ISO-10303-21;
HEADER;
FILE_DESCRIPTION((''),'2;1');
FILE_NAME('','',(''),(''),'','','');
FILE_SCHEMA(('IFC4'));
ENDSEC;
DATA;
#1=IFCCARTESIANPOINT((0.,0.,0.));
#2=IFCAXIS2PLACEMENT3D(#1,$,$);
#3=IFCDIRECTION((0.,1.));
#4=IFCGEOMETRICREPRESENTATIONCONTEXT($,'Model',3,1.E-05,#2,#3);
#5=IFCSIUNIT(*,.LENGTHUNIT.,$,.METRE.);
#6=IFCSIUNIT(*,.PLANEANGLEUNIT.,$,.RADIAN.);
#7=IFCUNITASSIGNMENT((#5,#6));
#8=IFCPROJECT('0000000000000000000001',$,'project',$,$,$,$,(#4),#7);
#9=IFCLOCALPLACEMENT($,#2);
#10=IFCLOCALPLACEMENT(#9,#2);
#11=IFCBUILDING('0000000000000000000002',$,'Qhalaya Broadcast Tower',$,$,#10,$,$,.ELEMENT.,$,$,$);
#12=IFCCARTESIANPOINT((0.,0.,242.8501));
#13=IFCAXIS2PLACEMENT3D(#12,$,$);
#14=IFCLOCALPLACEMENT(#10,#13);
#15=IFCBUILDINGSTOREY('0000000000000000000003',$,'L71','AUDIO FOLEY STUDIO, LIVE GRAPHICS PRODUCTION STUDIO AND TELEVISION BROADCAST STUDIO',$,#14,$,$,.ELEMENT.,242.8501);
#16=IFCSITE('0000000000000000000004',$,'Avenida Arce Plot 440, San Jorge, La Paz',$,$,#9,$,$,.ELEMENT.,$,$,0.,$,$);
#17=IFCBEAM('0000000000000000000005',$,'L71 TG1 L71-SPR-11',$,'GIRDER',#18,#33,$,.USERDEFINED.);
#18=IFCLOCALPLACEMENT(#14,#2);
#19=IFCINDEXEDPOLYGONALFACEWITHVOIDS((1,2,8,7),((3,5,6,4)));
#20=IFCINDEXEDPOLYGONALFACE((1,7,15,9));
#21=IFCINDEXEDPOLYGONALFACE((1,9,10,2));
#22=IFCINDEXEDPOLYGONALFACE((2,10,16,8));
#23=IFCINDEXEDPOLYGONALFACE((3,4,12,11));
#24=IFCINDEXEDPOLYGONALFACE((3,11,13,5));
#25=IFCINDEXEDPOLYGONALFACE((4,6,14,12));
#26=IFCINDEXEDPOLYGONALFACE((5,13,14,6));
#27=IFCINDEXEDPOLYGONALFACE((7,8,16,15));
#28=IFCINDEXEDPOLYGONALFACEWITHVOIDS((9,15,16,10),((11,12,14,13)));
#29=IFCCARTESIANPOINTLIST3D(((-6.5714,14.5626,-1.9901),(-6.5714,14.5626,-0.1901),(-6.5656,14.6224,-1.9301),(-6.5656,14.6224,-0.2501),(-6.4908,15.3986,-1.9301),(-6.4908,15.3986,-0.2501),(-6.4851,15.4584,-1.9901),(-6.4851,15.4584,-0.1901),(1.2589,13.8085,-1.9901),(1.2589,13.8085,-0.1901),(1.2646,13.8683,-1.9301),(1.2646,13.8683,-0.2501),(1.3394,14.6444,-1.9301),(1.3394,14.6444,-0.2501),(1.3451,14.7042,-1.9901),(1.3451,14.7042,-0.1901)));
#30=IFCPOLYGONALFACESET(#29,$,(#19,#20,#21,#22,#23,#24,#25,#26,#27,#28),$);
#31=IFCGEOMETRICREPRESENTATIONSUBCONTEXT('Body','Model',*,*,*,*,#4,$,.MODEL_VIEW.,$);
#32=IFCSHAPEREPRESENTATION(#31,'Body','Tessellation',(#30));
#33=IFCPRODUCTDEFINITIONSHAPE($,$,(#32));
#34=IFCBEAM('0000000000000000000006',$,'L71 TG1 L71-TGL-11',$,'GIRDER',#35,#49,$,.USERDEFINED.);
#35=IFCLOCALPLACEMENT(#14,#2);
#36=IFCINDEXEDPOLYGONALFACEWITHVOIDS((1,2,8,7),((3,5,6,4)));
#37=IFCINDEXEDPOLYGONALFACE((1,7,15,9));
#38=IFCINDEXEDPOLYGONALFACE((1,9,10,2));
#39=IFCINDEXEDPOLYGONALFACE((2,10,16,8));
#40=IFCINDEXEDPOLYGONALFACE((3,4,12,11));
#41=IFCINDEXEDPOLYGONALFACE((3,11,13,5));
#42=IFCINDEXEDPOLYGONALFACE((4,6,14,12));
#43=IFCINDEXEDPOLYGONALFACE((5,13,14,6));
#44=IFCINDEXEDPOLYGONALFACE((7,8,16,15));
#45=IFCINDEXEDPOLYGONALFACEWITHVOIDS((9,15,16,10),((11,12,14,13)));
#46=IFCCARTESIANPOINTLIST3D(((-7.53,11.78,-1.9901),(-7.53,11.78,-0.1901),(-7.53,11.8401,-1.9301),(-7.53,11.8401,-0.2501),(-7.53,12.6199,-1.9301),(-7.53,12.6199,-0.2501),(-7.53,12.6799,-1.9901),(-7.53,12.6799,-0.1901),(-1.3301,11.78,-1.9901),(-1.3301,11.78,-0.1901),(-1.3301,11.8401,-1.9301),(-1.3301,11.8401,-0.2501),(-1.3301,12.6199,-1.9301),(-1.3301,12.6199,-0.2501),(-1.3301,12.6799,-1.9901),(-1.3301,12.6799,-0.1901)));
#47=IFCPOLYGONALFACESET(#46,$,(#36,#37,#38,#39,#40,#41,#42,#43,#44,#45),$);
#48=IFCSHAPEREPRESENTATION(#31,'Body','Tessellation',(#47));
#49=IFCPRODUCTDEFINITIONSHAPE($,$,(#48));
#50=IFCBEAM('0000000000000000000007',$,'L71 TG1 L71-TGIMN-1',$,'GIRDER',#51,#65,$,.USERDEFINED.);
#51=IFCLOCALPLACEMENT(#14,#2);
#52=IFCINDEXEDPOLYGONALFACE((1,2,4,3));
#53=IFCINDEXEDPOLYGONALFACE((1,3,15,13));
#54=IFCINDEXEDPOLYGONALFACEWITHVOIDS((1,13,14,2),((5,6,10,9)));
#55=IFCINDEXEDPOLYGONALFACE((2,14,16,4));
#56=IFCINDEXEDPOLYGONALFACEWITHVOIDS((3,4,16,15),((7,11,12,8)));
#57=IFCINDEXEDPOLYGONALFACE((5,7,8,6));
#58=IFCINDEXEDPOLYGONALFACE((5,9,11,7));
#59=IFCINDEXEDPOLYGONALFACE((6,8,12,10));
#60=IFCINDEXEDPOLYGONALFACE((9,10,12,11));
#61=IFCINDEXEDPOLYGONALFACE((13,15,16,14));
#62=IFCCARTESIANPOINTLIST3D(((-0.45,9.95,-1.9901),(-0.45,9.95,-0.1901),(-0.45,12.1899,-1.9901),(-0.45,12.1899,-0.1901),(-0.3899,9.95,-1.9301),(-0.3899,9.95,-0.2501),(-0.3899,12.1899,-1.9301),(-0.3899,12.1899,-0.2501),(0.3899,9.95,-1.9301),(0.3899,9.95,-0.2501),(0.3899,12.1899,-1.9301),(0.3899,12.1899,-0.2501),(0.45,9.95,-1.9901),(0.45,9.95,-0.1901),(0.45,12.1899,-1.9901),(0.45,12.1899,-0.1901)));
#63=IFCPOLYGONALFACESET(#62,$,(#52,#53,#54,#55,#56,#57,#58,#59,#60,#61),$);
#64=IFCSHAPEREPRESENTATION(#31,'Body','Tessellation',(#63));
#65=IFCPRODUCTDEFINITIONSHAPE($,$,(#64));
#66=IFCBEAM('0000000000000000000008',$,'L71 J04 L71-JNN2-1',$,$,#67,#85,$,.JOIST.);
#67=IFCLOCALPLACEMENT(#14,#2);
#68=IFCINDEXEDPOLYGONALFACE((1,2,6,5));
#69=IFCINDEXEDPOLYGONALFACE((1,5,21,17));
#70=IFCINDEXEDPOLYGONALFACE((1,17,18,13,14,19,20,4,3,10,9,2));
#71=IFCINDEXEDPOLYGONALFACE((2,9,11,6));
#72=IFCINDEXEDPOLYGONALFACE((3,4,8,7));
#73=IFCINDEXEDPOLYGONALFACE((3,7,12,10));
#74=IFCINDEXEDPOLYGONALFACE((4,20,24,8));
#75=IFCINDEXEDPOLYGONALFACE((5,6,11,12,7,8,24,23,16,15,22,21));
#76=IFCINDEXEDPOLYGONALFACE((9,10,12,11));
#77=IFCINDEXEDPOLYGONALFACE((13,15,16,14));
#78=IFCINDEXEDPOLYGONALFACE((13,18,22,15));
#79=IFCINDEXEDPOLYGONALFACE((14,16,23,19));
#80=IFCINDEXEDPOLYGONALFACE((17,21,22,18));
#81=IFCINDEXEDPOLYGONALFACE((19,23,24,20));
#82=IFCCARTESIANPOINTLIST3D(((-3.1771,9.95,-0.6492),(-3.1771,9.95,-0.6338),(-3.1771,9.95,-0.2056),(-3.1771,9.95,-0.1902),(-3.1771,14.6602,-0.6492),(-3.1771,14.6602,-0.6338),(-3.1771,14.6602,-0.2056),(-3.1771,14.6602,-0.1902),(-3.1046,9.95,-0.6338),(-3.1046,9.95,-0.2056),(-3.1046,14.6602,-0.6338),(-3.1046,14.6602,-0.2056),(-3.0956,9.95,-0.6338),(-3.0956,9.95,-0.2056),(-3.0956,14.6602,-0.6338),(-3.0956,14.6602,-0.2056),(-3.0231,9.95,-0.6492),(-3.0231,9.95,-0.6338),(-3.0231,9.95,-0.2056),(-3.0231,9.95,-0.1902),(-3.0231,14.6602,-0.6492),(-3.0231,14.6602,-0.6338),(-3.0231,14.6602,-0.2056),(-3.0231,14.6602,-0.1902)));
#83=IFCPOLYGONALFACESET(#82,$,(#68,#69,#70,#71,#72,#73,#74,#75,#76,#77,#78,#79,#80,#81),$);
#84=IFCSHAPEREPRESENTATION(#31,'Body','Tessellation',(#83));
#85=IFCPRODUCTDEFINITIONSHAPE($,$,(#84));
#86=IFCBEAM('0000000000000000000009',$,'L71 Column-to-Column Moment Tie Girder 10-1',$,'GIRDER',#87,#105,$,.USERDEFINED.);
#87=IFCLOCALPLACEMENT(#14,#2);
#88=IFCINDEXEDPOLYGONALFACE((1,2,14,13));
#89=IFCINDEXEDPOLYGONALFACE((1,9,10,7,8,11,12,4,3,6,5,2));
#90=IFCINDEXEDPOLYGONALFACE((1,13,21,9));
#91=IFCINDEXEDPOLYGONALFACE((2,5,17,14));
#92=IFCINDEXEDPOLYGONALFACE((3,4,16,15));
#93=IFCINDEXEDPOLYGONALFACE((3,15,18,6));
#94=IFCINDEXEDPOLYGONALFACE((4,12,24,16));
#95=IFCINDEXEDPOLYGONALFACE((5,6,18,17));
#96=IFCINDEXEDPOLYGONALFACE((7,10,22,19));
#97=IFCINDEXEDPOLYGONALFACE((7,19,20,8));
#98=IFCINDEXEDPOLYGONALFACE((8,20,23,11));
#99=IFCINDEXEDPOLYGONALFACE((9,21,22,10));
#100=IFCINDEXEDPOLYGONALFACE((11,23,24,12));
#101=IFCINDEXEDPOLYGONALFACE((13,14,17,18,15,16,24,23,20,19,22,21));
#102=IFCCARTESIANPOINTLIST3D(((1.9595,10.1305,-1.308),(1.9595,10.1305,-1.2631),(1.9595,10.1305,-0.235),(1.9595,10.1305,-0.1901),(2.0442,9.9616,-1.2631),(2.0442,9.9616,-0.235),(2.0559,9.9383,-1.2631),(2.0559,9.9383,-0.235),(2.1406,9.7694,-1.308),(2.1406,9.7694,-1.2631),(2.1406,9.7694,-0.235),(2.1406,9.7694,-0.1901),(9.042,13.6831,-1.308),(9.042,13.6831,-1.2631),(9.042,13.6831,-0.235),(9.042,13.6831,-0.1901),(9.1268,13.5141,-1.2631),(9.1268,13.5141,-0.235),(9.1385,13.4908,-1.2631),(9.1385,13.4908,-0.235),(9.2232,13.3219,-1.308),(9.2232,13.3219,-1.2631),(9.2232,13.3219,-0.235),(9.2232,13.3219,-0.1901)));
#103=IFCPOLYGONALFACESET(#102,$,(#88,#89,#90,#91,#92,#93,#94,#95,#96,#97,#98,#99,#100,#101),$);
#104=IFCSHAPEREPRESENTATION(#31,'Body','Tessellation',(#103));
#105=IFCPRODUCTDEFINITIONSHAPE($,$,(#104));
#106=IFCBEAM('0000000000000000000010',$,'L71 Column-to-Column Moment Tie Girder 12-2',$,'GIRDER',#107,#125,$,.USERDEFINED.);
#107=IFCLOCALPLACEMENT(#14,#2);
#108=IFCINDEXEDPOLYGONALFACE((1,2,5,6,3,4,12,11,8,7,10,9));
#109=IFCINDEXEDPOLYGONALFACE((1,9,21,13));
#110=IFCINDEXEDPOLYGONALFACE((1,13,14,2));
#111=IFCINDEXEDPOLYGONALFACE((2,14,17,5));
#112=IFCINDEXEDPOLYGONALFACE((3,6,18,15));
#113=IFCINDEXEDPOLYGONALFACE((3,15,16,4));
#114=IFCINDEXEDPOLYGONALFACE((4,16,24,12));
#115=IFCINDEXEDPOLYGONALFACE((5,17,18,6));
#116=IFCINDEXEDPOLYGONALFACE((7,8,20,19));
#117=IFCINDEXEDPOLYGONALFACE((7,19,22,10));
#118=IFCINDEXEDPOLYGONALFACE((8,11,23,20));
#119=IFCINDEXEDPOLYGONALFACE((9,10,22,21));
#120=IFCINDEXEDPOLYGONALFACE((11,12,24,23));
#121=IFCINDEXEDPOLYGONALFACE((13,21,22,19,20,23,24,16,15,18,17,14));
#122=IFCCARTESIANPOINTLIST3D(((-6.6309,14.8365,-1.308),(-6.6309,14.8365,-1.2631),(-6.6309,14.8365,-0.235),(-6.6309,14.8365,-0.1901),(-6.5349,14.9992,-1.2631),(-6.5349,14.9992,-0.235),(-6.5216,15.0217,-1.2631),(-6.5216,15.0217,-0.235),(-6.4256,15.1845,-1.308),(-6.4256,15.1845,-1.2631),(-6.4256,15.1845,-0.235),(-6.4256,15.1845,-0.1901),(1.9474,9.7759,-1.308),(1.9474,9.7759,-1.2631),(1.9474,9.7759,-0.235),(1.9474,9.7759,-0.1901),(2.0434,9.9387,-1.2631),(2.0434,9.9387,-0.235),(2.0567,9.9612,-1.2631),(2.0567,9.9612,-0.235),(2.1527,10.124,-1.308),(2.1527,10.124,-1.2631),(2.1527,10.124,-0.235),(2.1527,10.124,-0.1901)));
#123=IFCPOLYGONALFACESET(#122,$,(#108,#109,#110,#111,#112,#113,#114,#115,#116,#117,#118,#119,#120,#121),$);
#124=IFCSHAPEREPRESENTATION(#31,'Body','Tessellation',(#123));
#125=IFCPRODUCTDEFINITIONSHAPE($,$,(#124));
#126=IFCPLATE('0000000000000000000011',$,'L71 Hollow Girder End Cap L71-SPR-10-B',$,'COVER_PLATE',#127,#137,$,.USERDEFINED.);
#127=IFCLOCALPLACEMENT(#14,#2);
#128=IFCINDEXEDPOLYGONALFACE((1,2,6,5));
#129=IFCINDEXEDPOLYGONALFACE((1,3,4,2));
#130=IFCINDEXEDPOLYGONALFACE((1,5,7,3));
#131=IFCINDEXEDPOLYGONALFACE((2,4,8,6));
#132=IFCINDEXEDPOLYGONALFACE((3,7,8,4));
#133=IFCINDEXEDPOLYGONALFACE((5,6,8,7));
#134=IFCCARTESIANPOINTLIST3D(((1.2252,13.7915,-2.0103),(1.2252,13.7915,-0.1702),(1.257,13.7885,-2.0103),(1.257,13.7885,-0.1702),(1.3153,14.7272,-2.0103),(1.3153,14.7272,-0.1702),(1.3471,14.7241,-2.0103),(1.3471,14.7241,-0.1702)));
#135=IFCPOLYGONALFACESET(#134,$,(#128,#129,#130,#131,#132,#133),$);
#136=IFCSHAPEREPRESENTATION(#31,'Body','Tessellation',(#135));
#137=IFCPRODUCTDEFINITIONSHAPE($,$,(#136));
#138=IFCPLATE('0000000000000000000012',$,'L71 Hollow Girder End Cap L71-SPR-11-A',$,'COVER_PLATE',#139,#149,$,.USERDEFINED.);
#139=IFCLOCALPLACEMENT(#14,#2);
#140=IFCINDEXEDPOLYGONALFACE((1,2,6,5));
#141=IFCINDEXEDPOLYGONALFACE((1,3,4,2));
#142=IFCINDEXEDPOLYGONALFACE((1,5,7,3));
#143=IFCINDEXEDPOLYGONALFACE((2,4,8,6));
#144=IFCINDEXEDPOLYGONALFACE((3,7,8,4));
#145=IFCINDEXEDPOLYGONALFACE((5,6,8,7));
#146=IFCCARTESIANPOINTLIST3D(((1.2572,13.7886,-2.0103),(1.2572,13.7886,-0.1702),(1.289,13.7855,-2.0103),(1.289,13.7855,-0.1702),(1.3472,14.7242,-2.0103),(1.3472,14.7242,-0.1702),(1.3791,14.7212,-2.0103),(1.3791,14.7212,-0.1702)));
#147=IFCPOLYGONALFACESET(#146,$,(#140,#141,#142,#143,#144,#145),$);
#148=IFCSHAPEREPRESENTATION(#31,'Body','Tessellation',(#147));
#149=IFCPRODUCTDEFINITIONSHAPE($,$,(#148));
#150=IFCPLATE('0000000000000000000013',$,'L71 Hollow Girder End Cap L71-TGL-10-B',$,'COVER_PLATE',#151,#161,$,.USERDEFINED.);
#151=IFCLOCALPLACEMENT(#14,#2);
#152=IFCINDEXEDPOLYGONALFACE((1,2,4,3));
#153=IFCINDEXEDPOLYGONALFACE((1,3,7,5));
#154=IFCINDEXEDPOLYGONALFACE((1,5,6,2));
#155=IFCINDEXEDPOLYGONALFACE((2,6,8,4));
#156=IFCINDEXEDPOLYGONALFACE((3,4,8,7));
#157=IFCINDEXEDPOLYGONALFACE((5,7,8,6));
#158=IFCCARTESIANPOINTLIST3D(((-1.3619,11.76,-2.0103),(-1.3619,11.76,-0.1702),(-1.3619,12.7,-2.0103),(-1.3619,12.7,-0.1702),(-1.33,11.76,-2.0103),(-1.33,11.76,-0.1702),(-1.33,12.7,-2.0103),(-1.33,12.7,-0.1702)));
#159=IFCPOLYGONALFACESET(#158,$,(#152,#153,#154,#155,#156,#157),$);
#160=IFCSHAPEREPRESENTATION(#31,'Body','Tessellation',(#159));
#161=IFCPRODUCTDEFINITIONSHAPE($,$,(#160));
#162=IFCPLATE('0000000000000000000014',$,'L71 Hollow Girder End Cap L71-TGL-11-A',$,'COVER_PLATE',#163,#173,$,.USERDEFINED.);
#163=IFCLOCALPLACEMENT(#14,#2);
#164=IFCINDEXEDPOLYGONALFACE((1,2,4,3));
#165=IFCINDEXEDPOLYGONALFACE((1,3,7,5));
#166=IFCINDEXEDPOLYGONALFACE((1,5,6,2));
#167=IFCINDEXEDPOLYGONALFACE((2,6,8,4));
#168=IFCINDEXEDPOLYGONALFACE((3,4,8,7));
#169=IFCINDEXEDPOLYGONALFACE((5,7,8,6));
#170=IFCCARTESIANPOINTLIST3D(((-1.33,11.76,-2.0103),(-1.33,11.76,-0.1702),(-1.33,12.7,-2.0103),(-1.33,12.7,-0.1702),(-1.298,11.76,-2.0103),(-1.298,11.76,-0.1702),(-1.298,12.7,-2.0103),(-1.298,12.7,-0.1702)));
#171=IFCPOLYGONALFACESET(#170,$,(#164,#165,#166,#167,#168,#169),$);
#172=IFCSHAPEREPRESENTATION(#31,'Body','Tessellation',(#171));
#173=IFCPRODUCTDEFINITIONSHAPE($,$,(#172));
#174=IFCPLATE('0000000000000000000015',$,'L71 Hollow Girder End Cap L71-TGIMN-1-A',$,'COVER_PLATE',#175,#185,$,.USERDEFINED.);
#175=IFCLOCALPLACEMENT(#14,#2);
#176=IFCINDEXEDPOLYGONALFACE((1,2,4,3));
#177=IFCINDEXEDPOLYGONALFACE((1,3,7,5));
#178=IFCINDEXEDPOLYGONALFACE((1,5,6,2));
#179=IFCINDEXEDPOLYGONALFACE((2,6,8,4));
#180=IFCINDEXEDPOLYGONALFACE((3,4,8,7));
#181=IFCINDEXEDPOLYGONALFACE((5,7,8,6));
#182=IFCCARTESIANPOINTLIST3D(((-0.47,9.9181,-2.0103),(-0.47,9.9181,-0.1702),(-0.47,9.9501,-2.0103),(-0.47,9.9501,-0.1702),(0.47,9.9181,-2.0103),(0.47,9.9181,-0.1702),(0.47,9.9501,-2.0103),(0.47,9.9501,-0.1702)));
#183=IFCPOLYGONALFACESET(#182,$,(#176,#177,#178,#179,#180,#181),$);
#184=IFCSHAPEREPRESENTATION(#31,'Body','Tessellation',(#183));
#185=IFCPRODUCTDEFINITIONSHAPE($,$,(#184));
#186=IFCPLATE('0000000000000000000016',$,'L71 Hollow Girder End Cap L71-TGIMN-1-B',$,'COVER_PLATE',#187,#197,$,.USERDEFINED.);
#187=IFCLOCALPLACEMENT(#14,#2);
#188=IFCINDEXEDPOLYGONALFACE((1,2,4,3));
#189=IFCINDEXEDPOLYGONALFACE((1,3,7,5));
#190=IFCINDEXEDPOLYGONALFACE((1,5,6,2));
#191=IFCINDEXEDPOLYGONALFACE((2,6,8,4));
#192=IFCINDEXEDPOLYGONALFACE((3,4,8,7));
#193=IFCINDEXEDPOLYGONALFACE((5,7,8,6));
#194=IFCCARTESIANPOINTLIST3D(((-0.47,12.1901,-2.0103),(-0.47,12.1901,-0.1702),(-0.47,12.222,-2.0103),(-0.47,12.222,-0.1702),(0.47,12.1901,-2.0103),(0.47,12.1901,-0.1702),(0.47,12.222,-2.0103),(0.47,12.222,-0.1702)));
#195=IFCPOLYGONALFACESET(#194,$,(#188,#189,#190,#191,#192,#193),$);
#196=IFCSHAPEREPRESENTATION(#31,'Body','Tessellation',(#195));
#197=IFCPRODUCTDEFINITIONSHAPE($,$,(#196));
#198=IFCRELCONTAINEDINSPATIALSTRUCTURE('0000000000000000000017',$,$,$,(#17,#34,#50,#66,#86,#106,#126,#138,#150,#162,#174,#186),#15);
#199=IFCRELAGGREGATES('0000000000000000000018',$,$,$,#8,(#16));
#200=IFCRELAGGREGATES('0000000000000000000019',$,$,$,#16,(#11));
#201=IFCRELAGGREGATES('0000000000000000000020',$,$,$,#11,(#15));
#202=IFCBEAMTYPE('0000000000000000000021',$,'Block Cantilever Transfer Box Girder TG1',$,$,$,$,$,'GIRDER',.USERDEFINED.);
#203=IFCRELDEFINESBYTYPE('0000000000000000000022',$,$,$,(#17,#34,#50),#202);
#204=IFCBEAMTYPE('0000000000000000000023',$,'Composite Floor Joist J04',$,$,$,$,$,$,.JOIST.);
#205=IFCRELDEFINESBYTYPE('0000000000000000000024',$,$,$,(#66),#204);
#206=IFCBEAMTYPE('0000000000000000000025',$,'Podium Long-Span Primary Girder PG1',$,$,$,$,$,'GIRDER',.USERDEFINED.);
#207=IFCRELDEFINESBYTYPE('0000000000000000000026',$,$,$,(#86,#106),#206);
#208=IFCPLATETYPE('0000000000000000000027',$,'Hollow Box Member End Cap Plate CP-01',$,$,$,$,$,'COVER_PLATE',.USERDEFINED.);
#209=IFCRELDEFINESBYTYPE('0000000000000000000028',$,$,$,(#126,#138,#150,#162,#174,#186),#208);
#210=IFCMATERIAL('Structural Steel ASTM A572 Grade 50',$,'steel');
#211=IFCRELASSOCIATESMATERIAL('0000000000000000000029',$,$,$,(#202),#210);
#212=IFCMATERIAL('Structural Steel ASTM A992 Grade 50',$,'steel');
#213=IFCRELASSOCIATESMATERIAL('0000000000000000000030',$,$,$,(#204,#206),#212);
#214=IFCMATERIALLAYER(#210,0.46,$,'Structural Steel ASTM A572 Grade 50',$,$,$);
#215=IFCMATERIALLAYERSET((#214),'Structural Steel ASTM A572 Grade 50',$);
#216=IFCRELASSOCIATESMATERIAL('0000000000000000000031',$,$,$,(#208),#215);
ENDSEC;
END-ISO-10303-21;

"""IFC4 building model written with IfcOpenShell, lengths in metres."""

from ifc_helpers import new_model, si_unit, direction, frame, origin, origin_2d, place, context, subcontext, project, spatial, rectangle, hollow_rectangle, i_section, extrude, material, layer, layer_set, material_profile, profile_set, type_object, element, save


model = new_model("IFC4")

# Units and contexts
model_context = context("Model", 3, precision=1e-05, world=origin(), true_north=direction((0.0, 1.0)))
body_context = subcontext(model_context, "Body", "Model", "MODEL_VIEW")
ifc_project = project(units=[si_unit("LENGTHUNIT", "METRE"), si_unit("PLANEANGLEUNIT", "RADIAN")], contexts=[model_context])

# Site, building, storey
site_placement = place(None, origin())
site = spatial("IfcSite", under=ifc_project, at=site_placement, Name="Avenida Arce Plot 440, San Jorge, La Paz", CompositionType="ELEMENT", RefElevation=0.0)
building_placement = place(site_placement, origin())
building = spatial("IfcBuilding", under=site, at=building_placement, Name="Qhalaya Broadcast Tower", CompositionType="ELEMENT")
storey_placement = place(building_placement, frame((0.0, 0.0, 242.8501)))
storey = spatial("IfcBuildingStorey", under=building, at=storey_placement, Name="L71", Description="AUDIO FOLEY STUDIO, LIVE GRAPHICS PRODUCTION STUDIO AND TELEVISION BROADCAST STUDIO", CompositionType="ELEMENT", Elevation=242.8501)

# Beams
ifc_material_1 = material(Name="Structural Steel ASTM A572 Grade 50", Category="steel")
ifc_material_profile_1 = material_profile(ifc_material_1, hollow_rectangle(XDim=0.8999, YDim=1.8, WallThickness=0.0601, at=origin_2d()), Name="BOX 900x1800x60")
ifc_profile_set_1 = profile_set([ifc_material_profile_1], Name="Structural Steel ASTM A572 Grade 50")
beam_type_1 = type_object("IfcBeamType", Name="Block Cantilever Transfer Box Girder TG1", ElementType="GIRDER", PredefinedType="USERDEFINED", material=ifc_profile_set_1)
beam_1_placement = place(storey_placement, frame((1.302, 14.2563, -1.0901), z_axis=(-0.995394, 0.095868, 0.0), x_axis=(-0.095868, -0.995394, 0.0)))
element("IfcBeam", 1, at=beam_1_placement, inside=storey, type_object=beam_type_1, Name="L71 TG1 L71-SPR-11", ObjectType="GIRDER", PredefinedType="USERDEFINED", context=body_context, shape_type="SweptSolid", body=[
    extrude(hollow_rectangle(XDim=0.8999, YDim=1.8, WallThickness=0.0601, at=origin_2d()), origin(), (0.0, 0.0, 1.0), 7.8665),
])
beam_2_placement = place(storey_placement, frame((-1.3301, 12.23, -1.0901), z_axis=(-1.0, 0.0, 0.0), x_axis=(0.0, -1.0, 0.0)))
element("IfcBeam", 2, at=beam_2_placement, inside=storey, type_object=beam_type_1, Name="L71 TG1 L71-TGL-11", ObjectType="GIRDER", PredefinedType="USERDEFINED", context=body_context, shape_type="SweptSolid", body=[
    extrude(hollow_rectangle(XDim=0.8999, YDim=1.8, WallThickness=0.0601, at=origin_2d()), origin(), (0.0, 0.0, 1.0), 6.2),
])
beam_3_placement = place(storey_placement, frame((0.0, 9.95, -1.0901), z_axis=(0.0, 1.0, 0.0), x_axis=(-1.0, 0.0, 0.0)))
element("IfcBeam", 3, at=beam_3_placement, inside=storey, type_object=beam_type_1, Name="L71 TG1 L71-TGIMN-1", ObjectType="GIRDER", PredefinedType="USERDEFINED", context=body_context, shape_type="SweptSolid", body=[
    extrude(hollow_rectangle(XDim=0.8999, YDim=1.8, WallThickness=0.0601, at=origin_2d()), origin(), (0.0, 0.0, 1.0), 2.24),
])
ifc_material_2 = material(Name="Structural Steel ASTM A992 Grade 50", Category="steel")
ifc_material_profile_2 = material_profile(ifc_material_2, i_section(OverallWidth=0.1541, OverallDepth=0.459, WebThickness=0.009, FlangeThickness=0.0154, at=origin_2d()), Name="W18X46")
ifc_profile_set_2 = profile_set([ifc_material_profile_2], Name="Structural Steel ASTM A992 Grade 50")
beam_type_2 = type_object("IfcBeamType", Name="Composite Floor Joist J04", PredefinedType="JOIST", material=ifc_profile_set_2)
beam_4_placement = place(storey_placement, frame((-3.1001, 9.95, -0.4197), z_axis=(0.0, 1.0, 0.0), x_axis=(-1.0, 0.0, 0.0)))
element("IfcBeam", 4, at=beam_4_placement, inside=storey, type_object=beam_type_2, Name="L71 J04 L71-JNN2-1", PredefinedType="JOIST", context=body_context, shape_type="SweptSolid", body=[
    extrude(i_section(OverallWidth=0.1541, OverallDepth=0.459, WebThickness=0.009, FlangeThickness=0.0154, at=origin_2d()), origin(), (0.0, 0.0, 1.0), 4.7102),
])
ifc_material_profile_3 = material_profile(ifc_material_2, i_section(OverallWidth=0.4041, OverallDepth=1.1179, WebThickness=0.0261, FlangeThickness=0.0449, at=origin_2d()), Name="W44X335")
ifc_profile_set_3 = profile_set([ifc_material_profile_3], Name="Structural Steel ASTM A992 Grade 50")
beam_type_3 = type_object("IfcBeamType", Name="Podium Long-Span Primary Girder PG1", ElementType="GIRDER", PredefinedType="USERDEFINED", material=ifc_profile_set_3)
beam_5_placement = place(storey_placement, frame((2.05, 9.95, -0.749), z_axis=(0.89386, 0.448347, 0.0), x_axis=(-0.448347, 0.89386, 0.0)))
element("IfcBeam", 5, at=beam_5_placement, inside=storey, type_object=beam_type_3, Name="L71 Column-to-Column Moment Tie Girder 10-1", ObjectType="GIRDER", PredefinedType="USERDEFINED", context=body_context, shape_type="SweptSolid", body=[
    extrude(i_section(OverallWidth=0.4041, OverallDepth=1.1179, WebThickness=0.0261, FlangeThickness=0.0449, at=origin_2d()), origin(), (0.0, 0.0, 1.0), 7.9236),
])
beam_6_placement = place(storey_placement, frame((2.05, 9.95, -0.749), z_axis=(-0.8613, 0.508097, 0.0), x_axis=(-0.508097, -0.8613, 0.0)))
element("IfcBeam", 6, at=beam_6_placement, inside=storey, type_object=beam_type_3, Name="L71 Column-to-Column Moment Tie Girder 12-2", ObjectType="GIRDER", PredefinedType="USERDEFINED", context=body_context, shape_type="SweptSolid", body=[
    extrude(i_section(OverallWidth=0.4041, OverallDepth=1.1179, WebThickness=0.0261, FlangeThickness=0.0449, at=origin_2d()), origin(), (0.0, 0.0, 1.0), 9.9597),
])

# Plates
ifc_layer_1 = layer(ifc_material_1, 0.46, Name="Structural Steel ASTM A572 Grade 50")
ifc_layer_set_1 = layer_set([ifc_layer_1], Name="Structural Steel ASTM A572 Grade 50")
plate_type = type_object("IfcPlateType", Name="Hollow Box Member End Cap Plate CP-01", ElementType="COVER_PLATE", PredefinedType="USERDEFINED", material=ifc_layer_set_1)
for number, where, z_axis, x_axis, name in (
    (7, (1.2861, 14.2578, -2.0103), (0.0, 0.0, 1.0), (-0.095846, -0.995396, 0.0), "L71 Hollow Girder End Cap L71-SPR-10-B"),
    (8, (1.3181, 14.2549, -2.0103), (0.0, 0.0, 1.0), (-0.095846, -0.995396, 0.0), "L71 Hollow Girder End Cap L71-SPR-11-A"),
    (9, (-1.3459, 12.23, -2.0103), (0.0, 0.0, 1.0), (0.0, -1.0, 0.0), "L71 Hollow Girder End Cap L71-TGL-10-B"),
    (10, (-1.314, 12.23, -2.0103), (0.0, 0.0, 1.0), (0.0, -1.0, 0.0), "L71 Hollow Girder End Cap L71-TGL-11-A"),
    (11, (0.0, 9.9341, -2.0103), (0.0, 0.0, 1.0), (-1.0, 0.0, 0.0), "L71 Hollow Girder End Cap L71-TGIMN-1-A"),
    (12, (0.0, 12.2061, -2.0103), (0.0, 0.0, 1.0), (-1.0, 0.0, 0.0), "L71 Hollow Girder End Cap L71-TGIMN-1-B"),
):
    element("IfcPlate", number, at=place(storey_placement, frame(where, z_axis=z_axis, x_axis=x_axis)), inside=storey, type_object=plate_type, Name=name, ObjectType="COVER_PLATE", PredefinedType="USERDEFINED", context=body_context, shape_type="SweptSolid", body=[
        extrude(rectangle(XDim=0.9399, YDim=0.032, at=origin_2d()), origin(), (0.0, 0.0, 1.0), 1.8401),
    ])

save(model, "model.ifc")
